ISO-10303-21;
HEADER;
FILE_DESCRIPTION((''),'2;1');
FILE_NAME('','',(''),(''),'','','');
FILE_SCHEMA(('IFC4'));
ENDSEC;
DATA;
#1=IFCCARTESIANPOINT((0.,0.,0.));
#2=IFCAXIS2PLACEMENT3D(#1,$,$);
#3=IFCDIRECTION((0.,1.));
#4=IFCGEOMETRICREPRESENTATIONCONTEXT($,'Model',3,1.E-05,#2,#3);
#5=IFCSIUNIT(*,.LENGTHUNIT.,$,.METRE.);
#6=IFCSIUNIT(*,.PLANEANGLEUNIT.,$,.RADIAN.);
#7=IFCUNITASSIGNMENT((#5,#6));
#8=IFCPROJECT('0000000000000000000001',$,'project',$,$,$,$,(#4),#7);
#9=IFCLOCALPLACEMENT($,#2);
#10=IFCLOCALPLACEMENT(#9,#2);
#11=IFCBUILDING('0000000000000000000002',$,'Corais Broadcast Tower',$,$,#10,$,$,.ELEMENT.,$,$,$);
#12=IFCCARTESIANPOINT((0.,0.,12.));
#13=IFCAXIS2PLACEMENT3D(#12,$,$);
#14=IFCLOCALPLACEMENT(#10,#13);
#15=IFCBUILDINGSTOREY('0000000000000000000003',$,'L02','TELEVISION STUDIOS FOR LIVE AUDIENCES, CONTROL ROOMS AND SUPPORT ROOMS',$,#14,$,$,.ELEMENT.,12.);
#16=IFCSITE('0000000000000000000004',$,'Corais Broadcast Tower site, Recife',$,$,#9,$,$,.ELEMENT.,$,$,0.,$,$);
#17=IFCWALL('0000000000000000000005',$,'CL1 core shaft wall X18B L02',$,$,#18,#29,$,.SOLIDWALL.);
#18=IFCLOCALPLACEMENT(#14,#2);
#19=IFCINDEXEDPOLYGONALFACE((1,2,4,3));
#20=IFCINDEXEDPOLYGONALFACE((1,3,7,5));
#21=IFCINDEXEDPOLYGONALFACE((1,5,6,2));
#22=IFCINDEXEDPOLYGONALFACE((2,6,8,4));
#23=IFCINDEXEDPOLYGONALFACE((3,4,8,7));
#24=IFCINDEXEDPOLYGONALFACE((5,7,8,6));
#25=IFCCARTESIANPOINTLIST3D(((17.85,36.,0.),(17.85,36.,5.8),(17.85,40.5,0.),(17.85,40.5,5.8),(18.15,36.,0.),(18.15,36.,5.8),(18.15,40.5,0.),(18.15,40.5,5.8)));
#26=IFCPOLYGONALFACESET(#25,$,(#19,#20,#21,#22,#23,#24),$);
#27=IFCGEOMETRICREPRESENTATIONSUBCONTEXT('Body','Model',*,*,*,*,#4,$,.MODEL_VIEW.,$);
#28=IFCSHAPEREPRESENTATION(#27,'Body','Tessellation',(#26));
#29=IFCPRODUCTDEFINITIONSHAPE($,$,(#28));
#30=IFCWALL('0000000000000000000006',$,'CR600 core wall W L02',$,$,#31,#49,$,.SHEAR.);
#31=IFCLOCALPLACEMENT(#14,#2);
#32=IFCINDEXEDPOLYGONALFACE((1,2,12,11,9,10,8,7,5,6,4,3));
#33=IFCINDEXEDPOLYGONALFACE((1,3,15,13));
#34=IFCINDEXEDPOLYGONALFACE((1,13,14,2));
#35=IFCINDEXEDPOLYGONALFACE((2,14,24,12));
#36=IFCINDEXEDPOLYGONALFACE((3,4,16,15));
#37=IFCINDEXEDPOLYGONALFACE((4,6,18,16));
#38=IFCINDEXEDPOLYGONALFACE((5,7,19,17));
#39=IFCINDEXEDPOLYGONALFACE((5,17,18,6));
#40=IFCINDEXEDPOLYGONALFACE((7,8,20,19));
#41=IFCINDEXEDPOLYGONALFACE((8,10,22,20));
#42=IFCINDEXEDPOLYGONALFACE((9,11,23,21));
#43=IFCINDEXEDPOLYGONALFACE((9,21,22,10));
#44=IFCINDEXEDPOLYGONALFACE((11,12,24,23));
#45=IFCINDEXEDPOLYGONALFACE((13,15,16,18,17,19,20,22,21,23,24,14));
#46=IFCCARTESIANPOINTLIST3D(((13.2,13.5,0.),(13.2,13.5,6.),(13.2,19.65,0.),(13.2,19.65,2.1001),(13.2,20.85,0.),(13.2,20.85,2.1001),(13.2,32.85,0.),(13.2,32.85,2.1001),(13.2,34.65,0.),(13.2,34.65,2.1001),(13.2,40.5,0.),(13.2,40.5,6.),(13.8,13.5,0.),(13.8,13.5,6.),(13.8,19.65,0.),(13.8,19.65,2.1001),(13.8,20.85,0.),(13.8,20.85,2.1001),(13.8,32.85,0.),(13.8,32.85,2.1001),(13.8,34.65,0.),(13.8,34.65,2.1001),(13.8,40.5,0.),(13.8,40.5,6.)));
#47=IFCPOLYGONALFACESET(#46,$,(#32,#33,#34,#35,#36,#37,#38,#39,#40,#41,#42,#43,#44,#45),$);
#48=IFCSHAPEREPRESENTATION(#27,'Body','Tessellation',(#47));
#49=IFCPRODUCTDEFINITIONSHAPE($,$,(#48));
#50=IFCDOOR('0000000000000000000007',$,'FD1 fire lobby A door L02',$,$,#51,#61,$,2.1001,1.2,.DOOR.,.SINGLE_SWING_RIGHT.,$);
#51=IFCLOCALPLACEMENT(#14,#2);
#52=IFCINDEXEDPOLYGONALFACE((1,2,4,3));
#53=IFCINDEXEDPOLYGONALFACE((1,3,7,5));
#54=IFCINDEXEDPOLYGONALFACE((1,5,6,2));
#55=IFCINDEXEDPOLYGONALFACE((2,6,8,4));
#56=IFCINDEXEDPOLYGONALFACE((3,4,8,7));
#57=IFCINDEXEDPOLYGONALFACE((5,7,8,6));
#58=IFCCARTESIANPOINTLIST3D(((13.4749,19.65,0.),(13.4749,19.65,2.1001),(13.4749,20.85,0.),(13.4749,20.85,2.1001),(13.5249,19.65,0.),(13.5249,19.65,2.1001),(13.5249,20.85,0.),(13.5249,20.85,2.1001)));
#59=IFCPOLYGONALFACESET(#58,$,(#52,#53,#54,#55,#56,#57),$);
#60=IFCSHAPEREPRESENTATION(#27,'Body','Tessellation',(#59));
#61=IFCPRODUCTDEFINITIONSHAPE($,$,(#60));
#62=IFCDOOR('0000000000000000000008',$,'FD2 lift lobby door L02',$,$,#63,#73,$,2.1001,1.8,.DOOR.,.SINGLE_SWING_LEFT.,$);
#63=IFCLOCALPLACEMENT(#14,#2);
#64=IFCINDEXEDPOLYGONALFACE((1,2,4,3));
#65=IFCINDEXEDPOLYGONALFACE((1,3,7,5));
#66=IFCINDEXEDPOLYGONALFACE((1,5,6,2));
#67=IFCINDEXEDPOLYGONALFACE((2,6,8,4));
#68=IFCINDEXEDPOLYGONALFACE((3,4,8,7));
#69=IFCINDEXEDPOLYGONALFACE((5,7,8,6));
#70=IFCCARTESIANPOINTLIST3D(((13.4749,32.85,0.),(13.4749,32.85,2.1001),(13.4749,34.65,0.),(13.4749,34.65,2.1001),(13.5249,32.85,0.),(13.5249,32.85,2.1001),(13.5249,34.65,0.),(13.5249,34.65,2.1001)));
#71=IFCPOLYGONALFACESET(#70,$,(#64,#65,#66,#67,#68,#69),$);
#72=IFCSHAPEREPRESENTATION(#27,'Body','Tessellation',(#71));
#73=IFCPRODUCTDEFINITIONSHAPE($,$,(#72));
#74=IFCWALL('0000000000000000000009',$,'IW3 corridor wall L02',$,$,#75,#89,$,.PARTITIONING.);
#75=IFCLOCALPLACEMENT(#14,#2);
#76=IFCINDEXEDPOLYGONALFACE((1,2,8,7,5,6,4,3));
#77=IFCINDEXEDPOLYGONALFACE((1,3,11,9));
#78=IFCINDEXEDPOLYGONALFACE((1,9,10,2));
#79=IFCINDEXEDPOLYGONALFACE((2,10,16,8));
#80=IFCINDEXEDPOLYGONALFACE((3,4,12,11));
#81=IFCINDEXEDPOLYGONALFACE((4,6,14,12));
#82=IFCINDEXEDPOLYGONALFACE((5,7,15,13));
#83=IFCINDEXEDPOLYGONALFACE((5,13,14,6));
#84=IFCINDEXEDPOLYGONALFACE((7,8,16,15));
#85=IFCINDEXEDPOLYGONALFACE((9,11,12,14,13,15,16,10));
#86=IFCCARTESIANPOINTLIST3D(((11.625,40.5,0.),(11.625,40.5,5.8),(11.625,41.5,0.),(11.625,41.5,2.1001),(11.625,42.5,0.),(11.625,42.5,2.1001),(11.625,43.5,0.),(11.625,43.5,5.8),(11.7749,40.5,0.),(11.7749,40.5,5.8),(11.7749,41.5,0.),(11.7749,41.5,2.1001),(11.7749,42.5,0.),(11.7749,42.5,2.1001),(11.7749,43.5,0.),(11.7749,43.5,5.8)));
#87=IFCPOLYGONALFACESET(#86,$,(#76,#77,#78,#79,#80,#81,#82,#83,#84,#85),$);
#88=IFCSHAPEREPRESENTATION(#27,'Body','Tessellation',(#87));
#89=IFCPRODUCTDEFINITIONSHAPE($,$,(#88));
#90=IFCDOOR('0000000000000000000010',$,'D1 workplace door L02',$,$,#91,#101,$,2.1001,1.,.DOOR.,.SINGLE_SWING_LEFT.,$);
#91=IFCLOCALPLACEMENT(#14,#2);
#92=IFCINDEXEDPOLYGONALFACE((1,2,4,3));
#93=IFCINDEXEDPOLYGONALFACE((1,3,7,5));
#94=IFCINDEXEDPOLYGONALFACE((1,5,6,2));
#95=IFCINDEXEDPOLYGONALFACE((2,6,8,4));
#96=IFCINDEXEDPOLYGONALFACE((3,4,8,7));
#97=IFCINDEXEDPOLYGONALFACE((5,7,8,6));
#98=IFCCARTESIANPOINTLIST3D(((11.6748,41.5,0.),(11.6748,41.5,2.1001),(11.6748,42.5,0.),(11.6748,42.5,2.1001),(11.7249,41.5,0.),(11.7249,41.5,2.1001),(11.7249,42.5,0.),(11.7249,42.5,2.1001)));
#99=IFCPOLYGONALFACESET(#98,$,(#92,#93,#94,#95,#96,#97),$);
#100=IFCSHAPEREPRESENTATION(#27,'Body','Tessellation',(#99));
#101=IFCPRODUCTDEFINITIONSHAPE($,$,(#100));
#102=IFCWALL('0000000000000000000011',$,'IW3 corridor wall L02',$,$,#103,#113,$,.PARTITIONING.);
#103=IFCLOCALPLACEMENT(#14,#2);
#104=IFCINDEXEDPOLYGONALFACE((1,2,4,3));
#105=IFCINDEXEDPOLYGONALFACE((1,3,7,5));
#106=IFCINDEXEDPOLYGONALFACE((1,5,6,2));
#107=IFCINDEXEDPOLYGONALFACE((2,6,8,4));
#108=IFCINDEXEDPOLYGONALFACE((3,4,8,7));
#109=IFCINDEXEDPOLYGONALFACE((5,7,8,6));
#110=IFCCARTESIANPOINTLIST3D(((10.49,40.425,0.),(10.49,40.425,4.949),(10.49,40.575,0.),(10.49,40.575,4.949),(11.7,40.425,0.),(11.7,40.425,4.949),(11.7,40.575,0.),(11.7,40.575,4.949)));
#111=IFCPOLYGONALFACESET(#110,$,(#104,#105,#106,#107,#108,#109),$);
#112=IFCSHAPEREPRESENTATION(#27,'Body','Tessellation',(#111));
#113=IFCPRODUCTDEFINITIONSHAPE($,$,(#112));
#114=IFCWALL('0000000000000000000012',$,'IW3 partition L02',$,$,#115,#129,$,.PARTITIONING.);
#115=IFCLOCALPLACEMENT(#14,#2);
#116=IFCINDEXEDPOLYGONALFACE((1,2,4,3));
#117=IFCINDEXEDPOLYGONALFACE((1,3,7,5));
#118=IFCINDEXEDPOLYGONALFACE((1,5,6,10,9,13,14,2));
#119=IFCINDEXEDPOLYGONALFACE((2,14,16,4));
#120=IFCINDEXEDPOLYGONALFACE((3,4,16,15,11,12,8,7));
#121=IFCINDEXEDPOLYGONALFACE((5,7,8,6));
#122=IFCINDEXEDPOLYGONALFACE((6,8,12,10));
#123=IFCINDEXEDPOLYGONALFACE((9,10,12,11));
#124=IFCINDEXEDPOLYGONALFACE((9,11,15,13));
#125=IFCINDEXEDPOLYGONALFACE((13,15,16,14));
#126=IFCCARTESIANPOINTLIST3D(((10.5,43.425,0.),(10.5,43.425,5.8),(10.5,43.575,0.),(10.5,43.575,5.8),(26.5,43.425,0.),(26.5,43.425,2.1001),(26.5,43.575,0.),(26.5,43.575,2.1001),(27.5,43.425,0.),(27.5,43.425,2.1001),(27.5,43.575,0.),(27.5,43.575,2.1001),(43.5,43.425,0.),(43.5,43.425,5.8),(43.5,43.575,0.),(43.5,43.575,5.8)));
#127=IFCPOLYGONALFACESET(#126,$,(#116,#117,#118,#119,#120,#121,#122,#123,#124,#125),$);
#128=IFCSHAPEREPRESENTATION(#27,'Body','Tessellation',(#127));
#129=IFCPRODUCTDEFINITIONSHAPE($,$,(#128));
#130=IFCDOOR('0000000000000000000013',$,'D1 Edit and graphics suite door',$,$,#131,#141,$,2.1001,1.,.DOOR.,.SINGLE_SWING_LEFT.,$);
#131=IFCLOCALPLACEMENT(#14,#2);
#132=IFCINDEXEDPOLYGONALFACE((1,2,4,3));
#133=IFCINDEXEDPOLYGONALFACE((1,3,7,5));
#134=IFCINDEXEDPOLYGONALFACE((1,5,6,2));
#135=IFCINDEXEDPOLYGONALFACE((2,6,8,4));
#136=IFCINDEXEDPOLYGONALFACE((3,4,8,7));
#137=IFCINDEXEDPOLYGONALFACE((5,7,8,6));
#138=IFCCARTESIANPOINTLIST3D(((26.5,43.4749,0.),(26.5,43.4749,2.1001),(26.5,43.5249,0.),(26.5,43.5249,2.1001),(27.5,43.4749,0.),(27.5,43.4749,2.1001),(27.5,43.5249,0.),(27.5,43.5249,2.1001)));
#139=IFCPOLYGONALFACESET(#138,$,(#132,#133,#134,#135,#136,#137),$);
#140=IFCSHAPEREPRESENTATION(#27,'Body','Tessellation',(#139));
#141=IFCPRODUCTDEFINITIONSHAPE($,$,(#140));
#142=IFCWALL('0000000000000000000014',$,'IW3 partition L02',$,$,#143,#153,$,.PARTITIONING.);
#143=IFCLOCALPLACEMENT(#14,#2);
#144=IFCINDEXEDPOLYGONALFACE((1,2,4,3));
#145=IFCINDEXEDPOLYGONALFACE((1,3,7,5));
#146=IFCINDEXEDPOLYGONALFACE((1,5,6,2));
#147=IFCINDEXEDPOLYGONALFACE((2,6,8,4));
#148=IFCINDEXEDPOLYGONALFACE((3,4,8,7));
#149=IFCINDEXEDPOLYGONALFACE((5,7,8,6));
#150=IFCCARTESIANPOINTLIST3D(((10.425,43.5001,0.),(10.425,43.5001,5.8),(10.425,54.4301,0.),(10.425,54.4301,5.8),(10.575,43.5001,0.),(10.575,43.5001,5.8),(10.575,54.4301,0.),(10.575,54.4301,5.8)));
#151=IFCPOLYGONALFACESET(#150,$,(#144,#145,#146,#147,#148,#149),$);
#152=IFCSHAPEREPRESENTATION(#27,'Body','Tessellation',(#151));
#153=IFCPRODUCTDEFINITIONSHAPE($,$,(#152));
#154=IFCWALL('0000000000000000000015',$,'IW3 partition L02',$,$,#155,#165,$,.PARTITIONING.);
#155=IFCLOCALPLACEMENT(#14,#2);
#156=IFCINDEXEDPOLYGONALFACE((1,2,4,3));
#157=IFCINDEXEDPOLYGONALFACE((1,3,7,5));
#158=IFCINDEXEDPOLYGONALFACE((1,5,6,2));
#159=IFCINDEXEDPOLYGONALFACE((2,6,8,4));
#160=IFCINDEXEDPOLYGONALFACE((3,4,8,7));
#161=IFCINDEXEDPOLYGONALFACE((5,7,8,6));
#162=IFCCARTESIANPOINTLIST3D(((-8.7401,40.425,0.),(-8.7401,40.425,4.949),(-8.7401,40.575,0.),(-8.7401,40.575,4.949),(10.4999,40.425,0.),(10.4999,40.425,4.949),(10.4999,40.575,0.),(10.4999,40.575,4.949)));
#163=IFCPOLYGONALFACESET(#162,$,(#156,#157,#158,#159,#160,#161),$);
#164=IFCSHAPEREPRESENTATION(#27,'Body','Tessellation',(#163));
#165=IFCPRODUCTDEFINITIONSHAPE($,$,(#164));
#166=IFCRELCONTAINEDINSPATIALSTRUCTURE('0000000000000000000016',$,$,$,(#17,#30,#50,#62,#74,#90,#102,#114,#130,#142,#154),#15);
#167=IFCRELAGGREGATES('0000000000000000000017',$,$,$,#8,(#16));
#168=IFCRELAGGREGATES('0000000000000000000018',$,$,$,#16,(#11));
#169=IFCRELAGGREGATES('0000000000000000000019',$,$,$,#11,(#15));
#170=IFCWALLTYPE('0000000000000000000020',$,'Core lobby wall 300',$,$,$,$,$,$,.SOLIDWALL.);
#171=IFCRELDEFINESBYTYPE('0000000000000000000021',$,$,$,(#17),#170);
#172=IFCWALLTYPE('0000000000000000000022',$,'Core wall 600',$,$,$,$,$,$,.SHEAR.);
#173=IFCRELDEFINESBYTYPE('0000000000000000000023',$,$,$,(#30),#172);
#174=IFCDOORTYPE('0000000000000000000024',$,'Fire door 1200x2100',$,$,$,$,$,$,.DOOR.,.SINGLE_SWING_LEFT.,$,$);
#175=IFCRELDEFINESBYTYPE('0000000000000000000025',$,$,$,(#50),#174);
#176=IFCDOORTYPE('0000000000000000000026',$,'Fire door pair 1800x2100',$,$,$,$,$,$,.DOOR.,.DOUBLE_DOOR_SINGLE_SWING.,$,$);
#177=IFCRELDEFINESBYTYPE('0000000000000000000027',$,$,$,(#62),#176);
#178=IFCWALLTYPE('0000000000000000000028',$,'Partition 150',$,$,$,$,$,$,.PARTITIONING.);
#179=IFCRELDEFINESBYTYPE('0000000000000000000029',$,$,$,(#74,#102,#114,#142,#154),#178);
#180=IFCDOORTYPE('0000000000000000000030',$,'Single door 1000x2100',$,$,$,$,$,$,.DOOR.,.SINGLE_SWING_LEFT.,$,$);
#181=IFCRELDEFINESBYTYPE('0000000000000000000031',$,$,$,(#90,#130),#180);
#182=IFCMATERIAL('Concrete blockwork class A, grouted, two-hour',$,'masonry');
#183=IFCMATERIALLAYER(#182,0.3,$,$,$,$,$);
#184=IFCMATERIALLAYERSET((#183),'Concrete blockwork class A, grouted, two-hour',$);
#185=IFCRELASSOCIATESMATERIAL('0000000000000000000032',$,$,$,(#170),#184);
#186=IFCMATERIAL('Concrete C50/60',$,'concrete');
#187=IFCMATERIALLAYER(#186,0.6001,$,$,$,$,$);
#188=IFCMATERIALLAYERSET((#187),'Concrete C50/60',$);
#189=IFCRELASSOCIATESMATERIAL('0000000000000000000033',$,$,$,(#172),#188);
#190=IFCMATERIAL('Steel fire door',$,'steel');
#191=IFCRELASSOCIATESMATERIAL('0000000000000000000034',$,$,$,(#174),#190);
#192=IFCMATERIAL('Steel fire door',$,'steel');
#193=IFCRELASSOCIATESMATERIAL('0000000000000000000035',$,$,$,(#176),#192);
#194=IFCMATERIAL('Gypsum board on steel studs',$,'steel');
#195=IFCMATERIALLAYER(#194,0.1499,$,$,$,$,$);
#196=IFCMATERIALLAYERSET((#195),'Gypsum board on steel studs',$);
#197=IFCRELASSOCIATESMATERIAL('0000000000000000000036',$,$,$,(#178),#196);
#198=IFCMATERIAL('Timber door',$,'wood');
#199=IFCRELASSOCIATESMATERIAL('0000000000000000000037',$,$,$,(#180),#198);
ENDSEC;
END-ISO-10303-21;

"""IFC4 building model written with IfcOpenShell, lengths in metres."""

from ifc_helpers import new_model, si_unit, direction, frame, frame_2d, origin, place, context, subcontext, project, spatial, rectangle, extrude, material, layer, layer_set, type_object, element, fill, save


model = new_model("IFC4")

# Units and contexts
model_context = context("Model", 3, precision=1e-05, world=origin(), true_north=direction((0.0, 1.0)))
body_context = subcontext(model_context, "Body", "Model", "MODEL_VIEW")
ifc_project = project(units=[si_unit("LENGTHUNIT", "METRE"), si_unit("PLANEANGLEUNIT", "RADIAN")], contexts=[model_context])

# Site, building, storey
site_placement = place(None, origin())
site = spatial("IfcSite", under=ifc_project, at=site_placement, Name="Corais Broadcast Tower site, Recife", CompositionType="ELEMENT", RefElevation=0.0)
building_placement = place(site_placement, origin())
building = spatial("IfcBuilding", under=site, at=building_placement, Name="Corais Broadcast Tower", CompositionType="ELEMENT")
storey_placement = place(building_placement, frame((0.0, 0.0, 12.0)))
storey = spatial("IfcBuildingStorey", under=building, at=storey_placement, Name="L02", Description="TELEVISION STUDIOS FOR LIVE AUDIENCES, CONTROL ROOMS AND SUPPORT ROOMS", CompositionType="ELEMENT", Elevation=12.0)

# Wall
ifc_material_1 = material(Name="Concrete blockwork class A, grouted, two-hour", Category="masonry")
ifc_layer_1 = layer(ifc_material_1, 0.3)
ifc_layer_set_1 = layer_set([ifc_layer_1], Name="Concrete blockwork class A, grouted, two-hour")
wall_type_1 = type_object("IfcWallType", Name="Core lobby wall 300", PredefinedType="SOLIDWALL", material=ifc_layer_set_1)
wall_1_placement = place(storey_placement, frame((18.0, 36.0, 0.0), z_axis=(0.0, 0.0, 1.0), x_axis=(0.0, 1.0, 0.0)))
element("IfcWall", 1, at=wall_1_placement, inside=storey, type_object=wall_type_1, Name="CL1 core shaft wall X18B L02", PredefinedType="SOLIDWALL", context=body_context, shape_type="SweptSolid", body=[
    extrude(rectangle(XDim=4.5, YDim=0.3, at=frame_2d((2.25, 0.0))), origin(), (0.0, 0.0, 1.0), 5.8),
])

# Wall, openings, doors
ifc_material_2 = material(Name="Concrete C50/60", Category="concrete")
ifc_layer_2 = layer(ifc_material_2, 0.6001)
ifc_layer_set_2 = layer_set([ifc_layer_2], Name="Concrete C50/60")
wall_type_2 = type_object("IfcWallType", Name="Core wall 600", PredefinedType="SHEAR", material=ifc_layer_set_2)
wall_2_placement = place(storey_placement, frame((13.5, 40.5, 0.0), z_axis=(0.0, 0.0, 1.0), x_axis=(0.0, -1.0, 0.0)))
wall_2 = element("IfcWall", 2, at=wall_2_placement, inside=storey, type_object=wall_type_2, Name="CR600 core wall W L02", PredefinedType="SHEAR", context=body_context, shape_type="SweptSolid", body=[
    extrude(rectangle(XDim=27.0, YDim=0.6001, at=frame_2d((13.5, 0.0))), origin(), (0.0, 0.0, 1.0), 6.0),
])
opening_1_placement = place(wall_2_placement, frame((19.6499, 0.0, 0.0)))
opening_1 = element("IfcOpeningElement", 3, at=opening_1_placement, cuts=wall_2, PredefinedType="OPENING", context=body_context, shape_type="SweptSolid", body=[
    extrude(rectangle(XDim=1.2, YDim=2.1001, at=frame_2d((0.6001, 1.05))), frame((0.0, 0.3101, 0.0), z_axis=(0.0, -1.0, 0.0), x_axis=(1.0, 0.0, 0.0)), (0.0, 0.0, 1.0), 0.6201),
])
opening_2_placement = place(wall_2_placement, frame((5.8501, 0.0, 0.0)))
opening_2 = element("IfcOpeningElement", 4, at=opening_2_placement, cuts=wall_2, PredefinedType="OPENING", context=body_context, shape_type="SweptSolid", body=[
    extrude(rectangle(XDim=1.8, YDim=2.1001, at=frame_2d((0.8999, 1.05))), frame((0.0, 0.3101, 0.0), z_axis=(0.0, -1.0, 0.0), x_axis=(1.0, 0.0, 0.0)), (0.0, 0.0, 1.0), 0.6201),
])
ifc_material_3 = material(Name="Steel fire door", Category="steel")
door_type_1 = type_object("IfcDoorType", Name="Fire door 1200x2100", OperationType="SINGLE_SWING_LEFT", PredefinedType="DOOR", material=ifc_material_3)
door_1_placement = place(opening_1_placement, origin())
door_1 = element("IfcDoor", 5, at=door_1_placement, inside=storey, type_object=door_type_1, Name="FD1 fire lobby A door L02", OperationType="SINGLE_SWING_RIGHT", OverallHeight=2.1001, OverallWidth=1.2, PredefinedType="DOOR", context=body_context, shape_type="SweptSolid", body=[
    extrude(rectangle(XDim=1.2, YDim=2.1001, at=frame_2d((0.6001, 1.05))), frame((0.0, 0.0249, 0.0), z_axis=(0.0, -1.0, 0.0), x_axis=(1.0, 0.0, 0.0)), (0.0, 0.0, 1.0), 0.05),
])
fill(opening_1, door_1)
ifc_material_4 = material(Name="Steel fire door", Category="steel")
door_type_2 = type_object("IfcDoorType", Name="Fire door pair 1800x2100", OperationType="DOUBLE_DOOR_SINGLE_SWING", PredefinedType="DOOR", material=ifc_material_4)
door_2_placement = place(opening_2_placement, origin())
door_2 = element("IfcDoor", 6, at=door_2_placement, inside=storey, type_object=door_type_2, Name="FD2 lift lobby door L02", OperationType="SINGLE_SWING_LEFT", OverallHeight=2.1001, OverallWidth=1.8, PredefinedType="DOOR", context=body_context, shape_type="SweptSolid", body=[
    extrude(rectangle(XDim=1.8, YDim=2.1001, at=frame_2d((0.8999, 1.05))), frame((0.0, 0.0249, 0.0), z_axis=(0.0, -1.0, 0.0), x_axis=(1.0, 0.0, 0.0)), (0.0, 0.0, 1.0), 0.05),
])
fill(opening_2, door_2)

# Wall, opening, door
ifc_material_5 = material(Name="Gypsum board on steel studs", Category="steel")
ifc_layer_3 = layer(ifc_material_5, 0.1499)
ifc_layer_set_3 = layer_set([ifc_layer_3], Name="Gypsum board on steel studs")
wall_type_3 = type_object("IfcWallType", Name="Partition 150", PredefinedType="PARTITIONING", material=ifc_layer_set_3)
wall_3_placement = place(storey_placement, frame((11.7, 43.5, 0.0), z_axis=(0.0, 0.0, 1.0), x_axis=(0.0, -1.0, 0.0)))
wall_3 = element("IfcWall", 7, at=wall_3_placement, inside=storey, type_object=wall_type_3, Name="IW3 corridor wall L02", PredefinedType="PARTITIONING", context=body_context, shape_type="SweptSolid", body=[
    extrude(rectangle(XDim=3.0, YDim=0.1499, at=frame_2d((1.5, 0.0))), origin(), (0.0, 0.0, 1.0), 5.8),
])
opening_3_placement = place(wall_3_placement, frame((1.0, 0.0, 0.0)))
opening_3 = element("IfcOpeningElement", 8, at=opening_3_placement, cuts=wall_3, PredefinedType="OPENING", context=body_context, shape_type="SweptSolid", body=[
    extrude(rectangle(XDim=1.0, YDim=2.1001, at=frame_2d((0.5, 1.05))), frame((0.0, 0.085, 0.0), z_axis=(0.0, -1.0, 0.0), x_axis=(1.0, 0.0, 0.0)), (0.0, 0.0, 1.0), 0.1699),
])
ifc_material_6 = material(Name="Timber door", Category="wood")
door_type_3 = type_object("IfcDoorType", Name="Single door 1000x2100", OperationType="SINGLE_SWING_LEFT", PredefinedType="DOOR", material=ifc_material_6)
door_3_placement = place(opening_3_placement, origin())
door_3 = element("IfcDoor", 9, at=door_3_placement, inside=storey, type_object=door_type_3, Name="D1 workplace door L02", OperationType="SINGLE_SWING_LEFT", OverallHeight=2.1001, OverallWidth=1.0, PredefinedType="DOOR", context=body_context, shape_type="SweptSolid", body=[
    extrude(rectangle(XDim=1.0, YDim=2.1001, at=frame_2d((0.5, 1.05))), frame((0.0, 0.0249, 0.0), z_axis=(0.0, -1.0, 0.0), x_axis=(1.0, 0.0, 0.0)), (0.0, 0.0, 1.0), 0.05),
])
fill(opening_3, door_3)

# Wall
wall_4_placement = place(storey_placement, frame((11.7, 40.5, 0.0), z_axis=(0.0, 0.0, 1.0), x_axis=(-1.0, 0.0, 0.0)))
element("IfcWall", 10, at=wall_4_placement, inside=storey, type_object=wall_type_3, Name="IW3 corridor wall L02", PredefinedType="PARTITIONING", context=body_context, shape_type="SweptSolid", body=[
    extrude(rectangle(XDim=1.21, YDim=0.1499, at=frame_2d((0.605, 0.0))), origin(), (0.0, 0.0, 1.0), 4.949),
])

# Wall, opening, door
wall_5_placement = place(storey_placement, frame((10.5, 43.5, 0.0), z_axis=(0.0, 0.0, 1.0), x_axis=(1.0, 0.0, 0.0)))
wall_5 = element("IfcWall", 11, at=wall_5_placement, inside=storey, type_object=wall_type_3, Name="IW3 partition L02", PredefinedType="PARTITIONING", context=body_context, shape_type="SweptSolid", body=[
    extrude(rectangle(XDim=33.0, YDim=0.1499, at=frame_2d((16.5, 0.0))), origin(), (0.0, 0.0, 1.0), 5.8),
])
opening_4_placement = place(wall_5_placement, frame((16.0, 0.0, 0.0)))
opening_4 = element("IfcOpeningElement", 12, at=opening_4_placement, cuts=wall_5, PredefinedType="OPENING", context=body_context, shape_type="SweptSolid", body=[
    extrude(rectangle(XDim=1.0, YDim=2.1001, at=frame_2d((0.5, 1.05))), frame((0.0, 0.085, 0.0), z_axis=(0.0, -1.0, 0.0), x_axis=(1.0, 0.0, 0.0)), (0.0, 0.0, 1.0), 0.1699),
])
door_4_placement = place(opening_4_placement, origin())
door_4 = element("IfcDoor", 13, at=door_4_placement, inside=storey, type_object=door_type_3, Name="D1 Edit and graphics suite door", OperationType="SINGLE_SWING_LEFT", OverallHeight=2.1001, OverallWidth=1.0, PredefinedType="DOOR", context=body_context, shape_type="SweptSolid", body=[
    extrude(rectangle(XDim=1.0, YDim=2.1001, at=frame_2d((0.5, 1.05))), frame((0.0, 0.0249, 0.0), z_axis=(0.0, -1.0, 0.0), x_axis=(1.0, 0.0, 0.0)), (0.0, 0.0, 1.0), 0.05),
])
fill(opening_4, door_4)

# Walls
wall_6_placement = place(storey_placement, frame((10.5, 54.4299, 0.0), z_axis=(0.0, 0.0, 1.0), x_axis=(0.0, -1.0, 0.0)))
element("IfcWall", 14, at=wall_6_placement, inside=storey, type_object=wall_type_3, Name="IW3 partition L02", PredefinedType="PARTITIONING", context=body_context, shape_type="SweptSolid", body=[
    extrude(rectangle(XDim=10.9299, YDim=0.1499, at=frame_2d((5.4648, 0.0))), origin(), (0.0, 0.0, 1.0), 5.8),
])
wall_7_placement = place(storey_placement, frame((10.5, 40.5, 0.0), z_axis=(0.0, 0.0, 1.0), x_axis=(-1.0, 0.0, 0.0)))
element("IfcWall", 15, at=wall_7_placement, inside=storey, type_object=wall_type_3, Name="IW3 partition L02", PredefinedType="PARTITIONING", context=body_context, shape_type="SweptSolid", body=[
    extrude(rectangle(XDim=19.24, YDim=0.1499, at=frame_2d((9.6201, 0.0))), origin(), (0.0, 0.0, 1.0), 4.949),
])

save(model, "model.ifc")
